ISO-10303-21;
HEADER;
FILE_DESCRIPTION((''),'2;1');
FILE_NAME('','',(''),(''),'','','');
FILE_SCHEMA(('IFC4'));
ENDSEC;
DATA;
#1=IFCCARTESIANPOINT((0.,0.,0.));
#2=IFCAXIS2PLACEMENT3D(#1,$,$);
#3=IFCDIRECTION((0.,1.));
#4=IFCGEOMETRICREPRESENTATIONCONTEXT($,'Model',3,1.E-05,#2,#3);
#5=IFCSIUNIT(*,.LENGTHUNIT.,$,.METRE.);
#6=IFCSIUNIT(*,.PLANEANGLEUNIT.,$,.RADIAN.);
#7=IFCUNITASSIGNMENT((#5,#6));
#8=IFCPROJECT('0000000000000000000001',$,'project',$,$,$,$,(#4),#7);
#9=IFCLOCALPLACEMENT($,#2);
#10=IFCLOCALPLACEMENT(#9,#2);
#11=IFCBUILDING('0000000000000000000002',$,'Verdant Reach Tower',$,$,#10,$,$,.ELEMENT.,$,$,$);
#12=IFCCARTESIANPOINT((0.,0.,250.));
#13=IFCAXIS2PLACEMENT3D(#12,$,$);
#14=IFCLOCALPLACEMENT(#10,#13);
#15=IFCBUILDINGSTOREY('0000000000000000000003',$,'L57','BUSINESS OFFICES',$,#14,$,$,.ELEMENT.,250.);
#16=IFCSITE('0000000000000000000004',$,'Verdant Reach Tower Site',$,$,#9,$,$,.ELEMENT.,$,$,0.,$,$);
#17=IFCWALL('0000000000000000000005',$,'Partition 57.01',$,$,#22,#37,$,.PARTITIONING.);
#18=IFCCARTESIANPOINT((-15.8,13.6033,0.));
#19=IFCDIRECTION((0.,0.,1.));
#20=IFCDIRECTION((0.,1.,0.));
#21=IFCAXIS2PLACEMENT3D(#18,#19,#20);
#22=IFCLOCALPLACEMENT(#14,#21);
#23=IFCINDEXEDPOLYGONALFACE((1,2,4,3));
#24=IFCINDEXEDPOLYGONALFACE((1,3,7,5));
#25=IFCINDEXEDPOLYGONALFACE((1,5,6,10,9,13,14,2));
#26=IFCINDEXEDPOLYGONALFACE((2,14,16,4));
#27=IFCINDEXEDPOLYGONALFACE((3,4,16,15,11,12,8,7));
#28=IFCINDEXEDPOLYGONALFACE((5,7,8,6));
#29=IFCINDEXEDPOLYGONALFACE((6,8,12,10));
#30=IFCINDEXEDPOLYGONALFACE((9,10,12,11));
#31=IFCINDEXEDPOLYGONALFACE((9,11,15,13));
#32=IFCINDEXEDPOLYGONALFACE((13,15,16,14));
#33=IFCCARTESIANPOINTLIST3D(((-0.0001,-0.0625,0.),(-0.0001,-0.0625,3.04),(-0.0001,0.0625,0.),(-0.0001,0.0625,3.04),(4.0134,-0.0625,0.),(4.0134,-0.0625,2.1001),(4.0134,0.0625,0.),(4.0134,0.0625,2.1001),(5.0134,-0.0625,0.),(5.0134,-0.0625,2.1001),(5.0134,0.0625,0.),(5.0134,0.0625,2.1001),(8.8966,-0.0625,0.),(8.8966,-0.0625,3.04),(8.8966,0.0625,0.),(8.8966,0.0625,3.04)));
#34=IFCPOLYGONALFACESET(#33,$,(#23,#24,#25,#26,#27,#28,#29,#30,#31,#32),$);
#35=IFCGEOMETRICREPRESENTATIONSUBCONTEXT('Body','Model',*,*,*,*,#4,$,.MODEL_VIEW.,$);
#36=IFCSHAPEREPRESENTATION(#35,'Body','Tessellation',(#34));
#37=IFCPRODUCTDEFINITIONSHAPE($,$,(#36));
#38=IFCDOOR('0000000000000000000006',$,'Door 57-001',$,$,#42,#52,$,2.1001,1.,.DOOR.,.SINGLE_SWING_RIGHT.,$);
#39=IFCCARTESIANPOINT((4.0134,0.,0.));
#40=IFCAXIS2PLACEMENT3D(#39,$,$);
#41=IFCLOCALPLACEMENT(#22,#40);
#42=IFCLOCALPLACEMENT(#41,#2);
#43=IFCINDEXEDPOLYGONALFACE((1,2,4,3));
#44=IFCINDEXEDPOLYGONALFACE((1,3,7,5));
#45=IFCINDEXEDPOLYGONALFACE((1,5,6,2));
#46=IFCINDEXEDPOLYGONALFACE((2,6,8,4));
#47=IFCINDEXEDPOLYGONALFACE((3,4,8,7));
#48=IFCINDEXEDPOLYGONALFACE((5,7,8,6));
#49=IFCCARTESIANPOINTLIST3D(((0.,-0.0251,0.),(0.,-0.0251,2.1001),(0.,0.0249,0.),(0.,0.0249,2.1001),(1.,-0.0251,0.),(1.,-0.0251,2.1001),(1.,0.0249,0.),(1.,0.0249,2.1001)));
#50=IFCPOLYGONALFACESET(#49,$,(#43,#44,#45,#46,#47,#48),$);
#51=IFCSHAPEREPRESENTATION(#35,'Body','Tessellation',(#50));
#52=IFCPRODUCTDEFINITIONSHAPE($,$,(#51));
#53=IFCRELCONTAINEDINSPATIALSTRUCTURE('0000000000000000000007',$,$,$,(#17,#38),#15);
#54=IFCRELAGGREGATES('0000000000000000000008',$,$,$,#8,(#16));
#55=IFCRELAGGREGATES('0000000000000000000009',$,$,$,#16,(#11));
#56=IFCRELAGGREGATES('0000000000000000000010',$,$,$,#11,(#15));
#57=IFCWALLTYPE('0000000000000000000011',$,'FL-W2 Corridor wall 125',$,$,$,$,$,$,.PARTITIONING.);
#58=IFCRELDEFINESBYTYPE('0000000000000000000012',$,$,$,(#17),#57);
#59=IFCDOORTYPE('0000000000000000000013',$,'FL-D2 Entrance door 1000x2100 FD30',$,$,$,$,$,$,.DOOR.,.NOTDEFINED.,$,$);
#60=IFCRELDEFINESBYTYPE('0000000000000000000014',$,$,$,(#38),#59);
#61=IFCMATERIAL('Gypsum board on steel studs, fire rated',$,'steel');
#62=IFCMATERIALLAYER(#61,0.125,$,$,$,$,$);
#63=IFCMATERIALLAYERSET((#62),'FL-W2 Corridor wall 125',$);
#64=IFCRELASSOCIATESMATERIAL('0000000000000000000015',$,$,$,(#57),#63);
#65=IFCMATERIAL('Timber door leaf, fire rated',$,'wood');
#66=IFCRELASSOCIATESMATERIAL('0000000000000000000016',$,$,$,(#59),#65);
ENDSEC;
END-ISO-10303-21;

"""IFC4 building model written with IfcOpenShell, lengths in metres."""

from ifc_helpers import new_model, si_unit, direction, frame, frame_2d, origin, place, context, subcontext, project, spatial, rectangle, extrude, material, layer, layer_set, type_object, element, fill, save


model = new_model("IFC4")

# Units and contexts
model_context = context("Model", 3, precision=1e-05, world=origin(), true_north=direction((0.0, 1.0)))
body_context = subcontext(model_context, "Body", "Model", "MODEL_VIEW")
ifc_project = project(units=[si_unit("LENGTHUNIT", "METRE"), si_unit("PLANEANGLEUNIT", "RADIAN")], contexts=[model_context])

# Site, building, storey
site_placement = place(None, origin())
site = spatial("IfcSite", under=ifc_project, at=site_placement, Name="Verdant Reach Tower Site", CompositionType="ELEMENT", RefElevation=0.0)
building_placement = place(site_placement, origin())
building = spatial("IfcBuilding", under=site, at=building_placement, Name="Verdant Reach Tower", CompositionType="ELEMENT")
storey_placement = place(building_placement, frame((0.0, 0.0, 250.0)))
storey = spatial("IfcBuildingStorey", under=building, at=storey_placement, Name="L57", Description="BUSINESS OFFICES", CompositionType="ELEMENT", Elevation=250.0)

# Wall, opening, door
ifc_material_1 = material(Name="Gypsum board on steel studs, fire rated", Category="steel")
ifc_layer_1 = layer(ifc_material_1, 0.125)
ifc_layer_set_1 = layer_set([ifc_layer_1], Name="FL-W2 Corridor wall 125")
wall_type = type_object("IfcWallType", Name="FL-W2 Corridor wall 125", PredefinedType="PARTITIONING", material=ifc_layer_set_1)
wall_placement = place(storey_placement, frame((-15.8, 13.6033, 0.0), z_axis=(0.0, 0.0, 1.0), x_axis=(0.0, 1.0, 0.0)))
wall = element("IfcWall", 1, at=wall_placement, inside=storey, type_object=wall_type, Name="Partition 57.01", PredefinedType="PARTITIONING", context=body_context, shape_type="SweptSolid", body=[
    extrude(rectangle(XDim=8.8967, YDim=0.125, at=frame_2d((4.4482, 0.0))), origin(), (0.0, 0.0, 1.0), 3.04),
])
opening_placement = place(wall_placement, frame((4.0134, 0.0, 0.0)))
opening = element("IfcOpeningElement", 2, at=opening_placement, cuts=wall, PredefinedType="OPENING", context=body_context, shape_type="SweptSolid", body=[
    extrude(rectangle(XDim=1.0, YDim=2.1001, at=frame_2d((0.5, 1.05))), frame((0.0, 0.0725, 0.0), z_axis=(0.0, -1.0, 0.0), x_axis=(1.0, 0.0, 0.0)), (0.0, 0.0, 1.0), 0.145),
])
ifc_material_2 = material(Name="Timber door leaf, fire rated", Category="wood")
door_type = type_object("IfcDoorType", Name="FL-D2 Entrance door 1000x2100 FD30", OperationType="NOTDEFINED", PredefinedType="DOOR", material=ifc_material_2)
door_placement = place(opening_placement, origin())
door = element("IfcDoor", 3, at=door_placement, inside=storey, type_object=door_type, Name="Door 57-001", OperationType="SINGLE_SWING_RIGHT", OverallHeight=2.1001, OverallWidth=1.0, PredefinedType="DOOR", context=body_context, shape_type="SweptSolid", body=[
    extrude(rectangle(XDim=1.0, YDim=2.1001, at=frame_2d((0.5, 1.05))), frame((0.0, 0.0249, 0.0), z_axis=(0.0, -1.0, 0.0), x_axis=(1.0, 0.0, 0.0)), (0.0, 0.0, 1.0), 0.05),
])
fill(opening, door)

save(model, "model.ifc")
